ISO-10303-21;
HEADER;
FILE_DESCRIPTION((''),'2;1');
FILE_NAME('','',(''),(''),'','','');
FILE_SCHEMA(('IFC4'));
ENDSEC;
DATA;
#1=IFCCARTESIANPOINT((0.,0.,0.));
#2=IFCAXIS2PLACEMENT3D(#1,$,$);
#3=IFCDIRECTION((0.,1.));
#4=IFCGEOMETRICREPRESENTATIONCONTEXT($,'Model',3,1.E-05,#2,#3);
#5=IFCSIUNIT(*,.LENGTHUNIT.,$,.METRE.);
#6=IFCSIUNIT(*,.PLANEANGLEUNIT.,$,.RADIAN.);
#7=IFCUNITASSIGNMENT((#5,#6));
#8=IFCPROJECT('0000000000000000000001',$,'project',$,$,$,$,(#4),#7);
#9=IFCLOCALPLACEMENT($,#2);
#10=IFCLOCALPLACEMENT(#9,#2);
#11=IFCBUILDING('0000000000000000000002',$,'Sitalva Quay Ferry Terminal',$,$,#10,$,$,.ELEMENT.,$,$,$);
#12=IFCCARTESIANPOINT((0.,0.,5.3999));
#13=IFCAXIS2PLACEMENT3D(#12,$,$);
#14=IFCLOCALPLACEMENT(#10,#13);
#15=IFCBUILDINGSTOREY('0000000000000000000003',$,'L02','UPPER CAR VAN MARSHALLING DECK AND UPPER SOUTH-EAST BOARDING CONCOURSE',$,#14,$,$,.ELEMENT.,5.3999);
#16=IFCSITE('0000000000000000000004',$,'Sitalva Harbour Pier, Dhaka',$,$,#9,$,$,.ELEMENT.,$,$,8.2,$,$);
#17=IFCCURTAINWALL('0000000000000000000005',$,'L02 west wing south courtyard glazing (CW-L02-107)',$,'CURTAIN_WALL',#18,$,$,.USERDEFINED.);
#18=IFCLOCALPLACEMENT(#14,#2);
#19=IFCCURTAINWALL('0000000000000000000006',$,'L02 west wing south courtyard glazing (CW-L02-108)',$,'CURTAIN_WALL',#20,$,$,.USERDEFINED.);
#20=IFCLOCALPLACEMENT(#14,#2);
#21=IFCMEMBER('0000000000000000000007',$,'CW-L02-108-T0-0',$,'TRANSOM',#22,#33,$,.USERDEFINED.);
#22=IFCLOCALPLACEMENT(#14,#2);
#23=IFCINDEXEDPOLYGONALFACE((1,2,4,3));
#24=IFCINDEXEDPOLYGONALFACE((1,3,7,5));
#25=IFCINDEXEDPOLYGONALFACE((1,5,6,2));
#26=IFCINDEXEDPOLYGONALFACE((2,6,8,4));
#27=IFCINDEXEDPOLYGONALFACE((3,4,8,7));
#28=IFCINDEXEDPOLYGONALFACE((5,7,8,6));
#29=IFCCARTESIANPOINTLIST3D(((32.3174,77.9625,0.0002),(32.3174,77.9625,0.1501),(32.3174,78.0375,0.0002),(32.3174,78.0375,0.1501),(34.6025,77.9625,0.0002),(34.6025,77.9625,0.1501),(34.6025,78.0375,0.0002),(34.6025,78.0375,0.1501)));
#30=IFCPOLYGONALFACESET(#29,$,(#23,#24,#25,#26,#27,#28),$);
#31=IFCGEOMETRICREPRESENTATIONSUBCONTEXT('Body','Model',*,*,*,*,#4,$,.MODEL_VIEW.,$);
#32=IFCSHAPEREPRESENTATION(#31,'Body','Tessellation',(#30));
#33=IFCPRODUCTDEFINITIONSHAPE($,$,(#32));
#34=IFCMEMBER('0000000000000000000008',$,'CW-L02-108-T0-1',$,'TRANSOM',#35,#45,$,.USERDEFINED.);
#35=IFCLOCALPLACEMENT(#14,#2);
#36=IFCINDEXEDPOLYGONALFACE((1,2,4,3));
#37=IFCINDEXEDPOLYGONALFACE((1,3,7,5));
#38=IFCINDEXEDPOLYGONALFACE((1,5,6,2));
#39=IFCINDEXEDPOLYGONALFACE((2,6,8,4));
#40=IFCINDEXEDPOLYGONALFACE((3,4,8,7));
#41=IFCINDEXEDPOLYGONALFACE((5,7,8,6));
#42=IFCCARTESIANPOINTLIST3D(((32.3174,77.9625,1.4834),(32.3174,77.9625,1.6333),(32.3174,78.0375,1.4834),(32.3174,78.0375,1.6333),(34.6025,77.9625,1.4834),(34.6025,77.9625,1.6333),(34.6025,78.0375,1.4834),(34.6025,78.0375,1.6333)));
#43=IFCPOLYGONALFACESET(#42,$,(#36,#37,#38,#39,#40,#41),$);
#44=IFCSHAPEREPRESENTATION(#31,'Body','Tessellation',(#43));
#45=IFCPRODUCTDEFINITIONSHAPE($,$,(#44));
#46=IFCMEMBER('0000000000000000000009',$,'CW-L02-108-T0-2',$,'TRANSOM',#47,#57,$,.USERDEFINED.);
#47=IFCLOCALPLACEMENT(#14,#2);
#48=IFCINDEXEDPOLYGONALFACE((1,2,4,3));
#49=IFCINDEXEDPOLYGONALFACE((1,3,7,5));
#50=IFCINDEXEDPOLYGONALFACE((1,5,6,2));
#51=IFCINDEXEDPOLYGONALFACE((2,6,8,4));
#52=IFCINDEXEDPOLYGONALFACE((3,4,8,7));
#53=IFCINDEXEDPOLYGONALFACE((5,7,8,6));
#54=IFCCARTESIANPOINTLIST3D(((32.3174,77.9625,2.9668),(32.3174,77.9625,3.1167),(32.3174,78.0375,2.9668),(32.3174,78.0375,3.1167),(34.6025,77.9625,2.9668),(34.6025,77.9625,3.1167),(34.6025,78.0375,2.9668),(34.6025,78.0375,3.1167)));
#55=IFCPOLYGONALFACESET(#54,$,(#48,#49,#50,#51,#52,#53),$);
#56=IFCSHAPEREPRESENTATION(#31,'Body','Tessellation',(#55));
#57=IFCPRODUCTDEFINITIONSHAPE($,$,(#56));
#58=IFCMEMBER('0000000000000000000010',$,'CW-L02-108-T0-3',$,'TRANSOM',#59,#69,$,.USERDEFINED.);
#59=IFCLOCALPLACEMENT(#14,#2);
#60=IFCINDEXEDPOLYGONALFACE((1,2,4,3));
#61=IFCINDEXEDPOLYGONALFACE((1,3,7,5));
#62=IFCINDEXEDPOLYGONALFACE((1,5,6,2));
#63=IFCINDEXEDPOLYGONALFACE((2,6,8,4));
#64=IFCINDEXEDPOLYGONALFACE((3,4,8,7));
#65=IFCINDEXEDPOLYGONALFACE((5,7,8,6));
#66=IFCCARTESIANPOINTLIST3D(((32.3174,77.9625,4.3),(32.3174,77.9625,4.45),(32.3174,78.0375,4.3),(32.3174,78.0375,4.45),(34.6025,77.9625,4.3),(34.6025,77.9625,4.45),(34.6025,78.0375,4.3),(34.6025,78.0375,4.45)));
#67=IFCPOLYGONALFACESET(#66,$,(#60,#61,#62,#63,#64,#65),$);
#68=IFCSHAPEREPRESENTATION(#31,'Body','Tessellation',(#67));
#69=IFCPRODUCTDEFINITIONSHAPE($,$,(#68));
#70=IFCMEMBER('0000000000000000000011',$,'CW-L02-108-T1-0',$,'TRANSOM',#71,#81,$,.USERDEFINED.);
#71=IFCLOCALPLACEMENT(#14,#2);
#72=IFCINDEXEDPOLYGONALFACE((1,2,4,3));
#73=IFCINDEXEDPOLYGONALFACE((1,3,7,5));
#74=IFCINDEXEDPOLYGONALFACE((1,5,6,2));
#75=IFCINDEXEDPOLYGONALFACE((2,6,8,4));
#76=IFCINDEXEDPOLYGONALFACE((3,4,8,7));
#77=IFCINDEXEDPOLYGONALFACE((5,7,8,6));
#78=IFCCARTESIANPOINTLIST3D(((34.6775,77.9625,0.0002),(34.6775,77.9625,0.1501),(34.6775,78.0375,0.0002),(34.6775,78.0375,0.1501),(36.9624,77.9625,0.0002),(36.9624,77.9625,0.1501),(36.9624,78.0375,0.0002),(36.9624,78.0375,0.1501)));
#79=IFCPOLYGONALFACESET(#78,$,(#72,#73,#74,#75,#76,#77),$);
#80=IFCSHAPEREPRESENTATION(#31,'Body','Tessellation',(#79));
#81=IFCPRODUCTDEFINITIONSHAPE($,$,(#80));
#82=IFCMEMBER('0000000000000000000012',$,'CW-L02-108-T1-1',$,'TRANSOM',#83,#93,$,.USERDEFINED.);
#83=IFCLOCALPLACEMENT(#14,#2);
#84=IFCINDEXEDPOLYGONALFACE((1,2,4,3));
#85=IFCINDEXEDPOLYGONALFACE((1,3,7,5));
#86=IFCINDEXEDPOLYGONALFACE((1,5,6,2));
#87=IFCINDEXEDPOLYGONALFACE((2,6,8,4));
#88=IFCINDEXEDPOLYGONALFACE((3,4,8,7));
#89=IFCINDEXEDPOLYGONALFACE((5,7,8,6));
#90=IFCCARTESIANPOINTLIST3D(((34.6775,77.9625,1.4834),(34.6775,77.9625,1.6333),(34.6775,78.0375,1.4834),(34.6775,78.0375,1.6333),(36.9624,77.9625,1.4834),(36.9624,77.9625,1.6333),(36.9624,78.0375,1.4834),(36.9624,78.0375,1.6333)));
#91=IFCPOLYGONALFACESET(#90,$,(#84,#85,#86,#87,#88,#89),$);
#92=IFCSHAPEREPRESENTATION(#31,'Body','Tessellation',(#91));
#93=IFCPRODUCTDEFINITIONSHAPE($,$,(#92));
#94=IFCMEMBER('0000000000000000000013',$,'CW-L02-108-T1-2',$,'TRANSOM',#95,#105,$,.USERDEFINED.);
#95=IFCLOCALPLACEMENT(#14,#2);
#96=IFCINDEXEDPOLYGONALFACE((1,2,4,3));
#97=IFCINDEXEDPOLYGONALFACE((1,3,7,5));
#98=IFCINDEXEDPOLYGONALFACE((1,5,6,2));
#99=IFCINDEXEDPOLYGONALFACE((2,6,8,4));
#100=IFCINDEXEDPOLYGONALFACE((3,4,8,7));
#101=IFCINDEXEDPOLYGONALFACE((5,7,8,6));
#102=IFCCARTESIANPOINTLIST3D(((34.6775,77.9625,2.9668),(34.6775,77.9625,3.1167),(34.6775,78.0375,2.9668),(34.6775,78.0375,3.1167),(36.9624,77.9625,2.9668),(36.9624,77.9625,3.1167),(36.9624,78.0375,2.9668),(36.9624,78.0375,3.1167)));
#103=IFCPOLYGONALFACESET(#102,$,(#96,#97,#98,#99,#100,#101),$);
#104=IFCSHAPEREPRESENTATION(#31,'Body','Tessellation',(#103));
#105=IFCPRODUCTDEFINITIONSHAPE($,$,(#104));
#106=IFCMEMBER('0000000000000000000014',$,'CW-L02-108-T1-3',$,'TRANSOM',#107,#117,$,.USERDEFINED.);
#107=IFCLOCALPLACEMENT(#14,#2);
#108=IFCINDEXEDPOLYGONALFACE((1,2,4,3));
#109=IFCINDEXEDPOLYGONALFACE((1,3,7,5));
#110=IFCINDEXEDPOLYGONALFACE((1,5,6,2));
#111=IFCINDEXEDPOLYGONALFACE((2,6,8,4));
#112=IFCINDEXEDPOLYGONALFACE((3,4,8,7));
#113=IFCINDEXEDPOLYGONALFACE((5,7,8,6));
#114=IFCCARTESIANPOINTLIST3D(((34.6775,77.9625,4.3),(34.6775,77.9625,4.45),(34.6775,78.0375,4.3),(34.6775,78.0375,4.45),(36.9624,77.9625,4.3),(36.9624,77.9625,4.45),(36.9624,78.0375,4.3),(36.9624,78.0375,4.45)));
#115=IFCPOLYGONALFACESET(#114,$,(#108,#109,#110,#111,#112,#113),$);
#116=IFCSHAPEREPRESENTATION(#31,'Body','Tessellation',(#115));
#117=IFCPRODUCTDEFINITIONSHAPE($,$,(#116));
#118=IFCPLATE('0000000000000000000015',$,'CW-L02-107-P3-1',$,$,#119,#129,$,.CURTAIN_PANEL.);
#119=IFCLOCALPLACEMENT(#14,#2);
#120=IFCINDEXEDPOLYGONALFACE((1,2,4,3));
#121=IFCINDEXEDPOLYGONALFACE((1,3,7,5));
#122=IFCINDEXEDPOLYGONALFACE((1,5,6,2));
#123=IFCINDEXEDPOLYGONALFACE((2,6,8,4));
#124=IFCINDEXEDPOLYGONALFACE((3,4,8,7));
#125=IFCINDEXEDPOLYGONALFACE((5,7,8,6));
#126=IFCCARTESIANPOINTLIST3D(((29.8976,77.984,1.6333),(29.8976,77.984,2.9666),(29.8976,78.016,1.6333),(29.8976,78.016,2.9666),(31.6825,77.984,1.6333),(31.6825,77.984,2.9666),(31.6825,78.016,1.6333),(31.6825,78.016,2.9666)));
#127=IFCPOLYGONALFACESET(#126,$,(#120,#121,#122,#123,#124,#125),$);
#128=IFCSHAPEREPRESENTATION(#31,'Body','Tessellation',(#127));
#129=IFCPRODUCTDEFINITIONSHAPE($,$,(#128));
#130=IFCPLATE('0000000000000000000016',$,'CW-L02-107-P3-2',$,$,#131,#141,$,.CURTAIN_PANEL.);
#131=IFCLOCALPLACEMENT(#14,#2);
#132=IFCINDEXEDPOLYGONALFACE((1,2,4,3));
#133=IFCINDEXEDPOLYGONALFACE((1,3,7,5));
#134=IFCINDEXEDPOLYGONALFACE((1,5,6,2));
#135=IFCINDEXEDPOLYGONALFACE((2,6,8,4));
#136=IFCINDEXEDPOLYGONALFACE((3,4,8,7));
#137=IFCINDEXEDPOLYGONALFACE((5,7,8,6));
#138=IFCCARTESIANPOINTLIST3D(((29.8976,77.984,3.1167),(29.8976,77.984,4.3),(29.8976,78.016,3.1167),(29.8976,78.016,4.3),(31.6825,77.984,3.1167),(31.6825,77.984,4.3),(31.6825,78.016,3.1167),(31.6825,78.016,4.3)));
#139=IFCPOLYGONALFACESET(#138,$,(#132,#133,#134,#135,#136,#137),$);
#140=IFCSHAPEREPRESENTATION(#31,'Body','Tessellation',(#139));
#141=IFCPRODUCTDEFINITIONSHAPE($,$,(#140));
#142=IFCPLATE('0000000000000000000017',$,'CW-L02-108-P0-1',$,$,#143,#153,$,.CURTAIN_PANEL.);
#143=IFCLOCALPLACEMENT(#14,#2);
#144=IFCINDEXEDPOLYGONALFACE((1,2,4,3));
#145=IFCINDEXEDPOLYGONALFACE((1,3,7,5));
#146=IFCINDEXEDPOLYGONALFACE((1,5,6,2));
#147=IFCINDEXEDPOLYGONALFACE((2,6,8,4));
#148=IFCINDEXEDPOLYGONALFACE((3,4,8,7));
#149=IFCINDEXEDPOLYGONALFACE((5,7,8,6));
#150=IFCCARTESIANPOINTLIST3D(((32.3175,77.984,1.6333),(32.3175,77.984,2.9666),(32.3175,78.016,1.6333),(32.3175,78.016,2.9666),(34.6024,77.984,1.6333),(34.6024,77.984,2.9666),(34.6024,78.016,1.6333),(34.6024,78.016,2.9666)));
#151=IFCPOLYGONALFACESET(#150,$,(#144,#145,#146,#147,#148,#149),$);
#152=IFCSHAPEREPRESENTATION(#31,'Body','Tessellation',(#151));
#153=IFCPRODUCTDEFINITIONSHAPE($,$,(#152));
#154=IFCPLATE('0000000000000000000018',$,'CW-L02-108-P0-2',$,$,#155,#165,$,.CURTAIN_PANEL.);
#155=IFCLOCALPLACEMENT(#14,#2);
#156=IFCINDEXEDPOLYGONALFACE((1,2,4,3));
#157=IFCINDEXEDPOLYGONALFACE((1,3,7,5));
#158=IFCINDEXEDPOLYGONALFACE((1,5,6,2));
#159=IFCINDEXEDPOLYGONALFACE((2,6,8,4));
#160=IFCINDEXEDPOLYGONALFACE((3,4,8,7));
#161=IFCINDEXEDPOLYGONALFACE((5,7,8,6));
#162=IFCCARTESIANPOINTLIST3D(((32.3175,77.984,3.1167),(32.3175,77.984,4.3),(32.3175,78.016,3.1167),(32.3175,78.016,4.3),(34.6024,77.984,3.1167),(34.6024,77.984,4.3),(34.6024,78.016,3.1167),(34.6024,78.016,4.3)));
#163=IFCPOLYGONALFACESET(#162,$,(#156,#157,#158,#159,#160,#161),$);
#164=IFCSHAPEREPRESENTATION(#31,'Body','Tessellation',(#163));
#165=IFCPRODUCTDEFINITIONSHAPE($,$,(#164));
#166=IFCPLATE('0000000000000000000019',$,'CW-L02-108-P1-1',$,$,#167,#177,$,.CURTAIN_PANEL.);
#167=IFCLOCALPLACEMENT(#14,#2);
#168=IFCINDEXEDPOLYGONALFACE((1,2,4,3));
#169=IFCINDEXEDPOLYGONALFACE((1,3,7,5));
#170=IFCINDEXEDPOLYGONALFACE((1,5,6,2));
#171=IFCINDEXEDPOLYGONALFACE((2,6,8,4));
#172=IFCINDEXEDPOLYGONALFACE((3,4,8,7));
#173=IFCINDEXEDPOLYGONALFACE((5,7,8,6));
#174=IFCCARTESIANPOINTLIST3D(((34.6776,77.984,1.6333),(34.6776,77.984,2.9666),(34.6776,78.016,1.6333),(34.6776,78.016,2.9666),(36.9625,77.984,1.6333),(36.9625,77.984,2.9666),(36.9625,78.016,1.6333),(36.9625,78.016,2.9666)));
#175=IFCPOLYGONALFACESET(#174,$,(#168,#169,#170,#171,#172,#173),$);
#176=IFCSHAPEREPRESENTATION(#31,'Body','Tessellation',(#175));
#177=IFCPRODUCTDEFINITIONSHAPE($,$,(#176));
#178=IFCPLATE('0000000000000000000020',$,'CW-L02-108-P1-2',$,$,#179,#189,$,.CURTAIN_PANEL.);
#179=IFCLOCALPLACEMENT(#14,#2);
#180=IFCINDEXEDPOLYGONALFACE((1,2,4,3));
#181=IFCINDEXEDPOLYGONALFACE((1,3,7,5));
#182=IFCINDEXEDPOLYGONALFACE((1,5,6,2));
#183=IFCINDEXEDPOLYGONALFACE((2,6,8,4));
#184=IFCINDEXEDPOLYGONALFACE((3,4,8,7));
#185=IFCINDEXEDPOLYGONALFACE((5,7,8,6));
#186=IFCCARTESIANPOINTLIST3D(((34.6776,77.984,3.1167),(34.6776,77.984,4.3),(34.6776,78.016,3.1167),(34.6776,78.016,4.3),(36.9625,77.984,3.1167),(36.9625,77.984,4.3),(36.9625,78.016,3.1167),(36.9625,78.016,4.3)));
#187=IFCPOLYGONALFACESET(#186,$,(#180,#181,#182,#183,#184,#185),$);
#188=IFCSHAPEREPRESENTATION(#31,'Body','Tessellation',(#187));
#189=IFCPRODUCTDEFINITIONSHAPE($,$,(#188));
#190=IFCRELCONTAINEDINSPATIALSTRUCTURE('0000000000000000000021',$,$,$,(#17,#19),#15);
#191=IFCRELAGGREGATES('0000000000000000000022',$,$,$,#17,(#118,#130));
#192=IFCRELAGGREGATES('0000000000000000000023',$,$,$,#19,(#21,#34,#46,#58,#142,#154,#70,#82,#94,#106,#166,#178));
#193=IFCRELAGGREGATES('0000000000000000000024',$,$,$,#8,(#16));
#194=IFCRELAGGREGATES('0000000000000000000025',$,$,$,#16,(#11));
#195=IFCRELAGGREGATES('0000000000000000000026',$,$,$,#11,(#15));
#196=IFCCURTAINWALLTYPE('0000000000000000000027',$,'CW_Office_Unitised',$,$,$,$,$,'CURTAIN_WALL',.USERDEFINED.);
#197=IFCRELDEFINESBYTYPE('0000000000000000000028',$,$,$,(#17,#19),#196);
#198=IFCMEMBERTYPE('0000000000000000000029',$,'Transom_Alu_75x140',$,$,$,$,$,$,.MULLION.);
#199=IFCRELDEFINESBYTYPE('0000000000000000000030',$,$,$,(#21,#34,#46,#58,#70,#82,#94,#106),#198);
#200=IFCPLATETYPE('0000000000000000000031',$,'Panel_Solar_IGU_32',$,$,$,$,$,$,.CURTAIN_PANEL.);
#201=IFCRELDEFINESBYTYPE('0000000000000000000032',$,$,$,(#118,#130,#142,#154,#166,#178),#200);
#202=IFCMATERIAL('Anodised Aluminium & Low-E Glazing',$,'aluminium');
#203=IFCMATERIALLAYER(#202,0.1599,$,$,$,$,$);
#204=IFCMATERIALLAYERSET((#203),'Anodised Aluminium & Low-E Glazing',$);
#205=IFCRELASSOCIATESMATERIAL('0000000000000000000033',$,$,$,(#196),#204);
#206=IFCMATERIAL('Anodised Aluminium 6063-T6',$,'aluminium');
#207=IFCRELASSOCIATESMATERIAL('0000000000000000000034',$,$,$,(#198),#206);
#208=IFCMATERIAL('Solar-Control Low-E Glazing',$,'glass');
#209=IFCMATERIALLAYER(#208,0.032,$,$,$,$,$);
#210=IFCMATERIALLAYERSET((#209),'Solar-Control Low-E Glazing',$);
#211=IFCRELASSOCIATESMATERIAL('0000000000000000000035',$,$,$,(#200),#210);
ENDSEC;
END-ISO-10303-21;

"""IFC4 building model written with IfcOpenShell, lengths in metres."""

from ifc_helpers import new_model, si_unit, direction, frame, origin, origin_2d, place, context, subcontext, project, spatial, rectangle, extrude, material, layer, layer_set, material_profile, profile_set, type_object, element, aggregate, save


model = new_model("IFC4")

# Units and contexts
model_context = context("Model", 3, precision=1e-05, world=origin(), true_north=direction((0.0, 1.0)))
body_context = subcontext(model_context, "Body", "Model", "MODEL_VIEW")
ifc_project = project(units=[si_unit("LENGTHUNIT", "METRE"), si_unit("PLANEANGLEUNIT", "RADIAN")], contexts=[model_context])

# Site, building, storey
site_placement = place(None, origin())
site = spatial("IfcSite", under=ifc_project, at=site_placement, Name="Sitalva Harbour Pier, Dhaka", CompositionType="ELEMENT", RefElevation=8.2)
building_placement = place(site_placement, origin())
building = spatial("IfcBuilding", under=site, at=building_placement, Name="Sitalva Quay Ferry Terminal", CompositionType="ELEMENT")
storey_placement = place(building_placement, frame((0.0, 0.0, 5.3999)))
storey = spatial("IfcBuildingStorey", under=building, at=storey_placement, Name="L02", Description="UPPER CAR VAN MARSHALLING DECK AND UPPER SOUTH-EAST BOARDING CONCOURSE", CompositionType="ELEMENT", Elevation=5.3999)

# Curtain wall
ifc_material_1 = material(Name="Anodised Aluminium & Low-E Glazing", Category="aluminium")
ifc_layer_1 = layer(ifc_material_1, 0.1599)
ifc_layer_set_1 = layer_set([ifc_layer_1], Name="Anodised Aluminium & Low-E Glazing")
curtain_wall_type = type_object("IfcCurtainWallType", Name="CW_Office_Unitised", ElementType="CURTAIN_WALL", PredefinedType="USERDEFINED", material=ifc_layer_set_1)
curtain_wall_1_placement = place(storey_placement, origin())
curtain_wall_1 = element("IfcCurtainWall", 1, at=curtain_wall_1_placement, inside=storey, type_object=curtain_wall_type, Name="L02 west wing south courtyard glazing (CW-L02-107)", ObjectType="CURTAIN_WALL", PredefinedType="USERDEFINED")

# Curtain wall, members
curtain_wall_2_placement = place(storey_placement, origin())
curtain_wall_2 = element("IfcCurtainWall", 2, at=curtain_wall_2_placement, inside=storey, type_object=curtain_wall_type, Name="L02 west wing south courtyard glazing (CW-L02-108)", ObjectType="CURTAIN_WALL", PredefinedType="USERDEFINED")
ifc_material_2 = material(Name="Anodised Aluminium 6063-T6", Category="aluminium")
ifc_material_profile_1 = material_profile(ifc_material_2, rectangle(XDim=0.075, YDim=0.1499, at=origin_2d()), Name="ALU75x150")
ifc_profile_set_1 = profile_set([ifc_material_profile_1], Name="Anodised Aluminium 6063-T6")
member_type_1 = type_object("IfcMemberType", Name="Transom_Alu_75x140", PredefinedType="MULLION", material=ifc_profile_set_1)
member_1_placement = place(storey_placement, frame((32.3174, 78.0, 0.0752), z_axis=(1.0, 0.0, 0.0), x_axis=(0.0, 1.0, 0.0)))
member_1 = element("IfcMember", 3, at=member_1_placement, type_object=member_type_1, Name="CW-L02-108-T0-0", ObjectType="TRANSOM", PredefinedType="USERDEFINED", context=body_context, shape_type="SweptSolid", body=[
    extrude(rectangle(XDim=0.075, YDim=0.1499, at=origin_2d()), origin(), (0.0, 0.0, 1.0), 2.2852),
])
member_2_placement = place(storey_placement, frame((32.3174, 78.0, 1.5583), z_axis=(1.0, 0.0, 0.0), x_axis=(0.0, 1.0, 0.0)))
member_2 = element("IfcMember", 4, at=member_2_placement, type_object=member_type_1, Name="CW-L02-108-T0-1", ObjectType="TRANSOM", PredefinedType="USERDEFINED", context=body_context, shape_type="SweptSolid", body=[
    extrude(rectangle(XDim=0.075, YDim=0.1499, at=origin_2d()), origin(), (0.0, 0.0, 1.0), 2.2852),
])
member_3_placement = place(storey_placement, frame((32.3174, 78.0, 3.0417), z_axis=(1.0, 0.0, 0.0), x_axis=(0.0, 1.0, 0.0)))
member_3 = element("IfcMember", 5, at=member_3_placement, type_object=member_type_1, Name="CW-L02-108-T0-2", ObjectType="TRANSOM", PredefinedType="USERDEFINED", context=body_context, shape_type="SweptSolid", body=[
    extrude(rectangle(XDim=0.075, YDim=0.1499, at=origin_2d()), origin(), (0.0, 0.0, 1.0), 2.2852),
])
member_4_placement = place(storey_placement, frame((32.3174, 78.0, 4.375), z_axis=(1.0, 0.0, 0.0), x_axis=(0.0, 1.0, 0.0)))
member_4 = element("IfcMember", 6, at=member_4_placement, type_object=member_type_1, Name="CW-L02-108-T0-3", ObjectType="TRANSOM", PredefinedType="USERDEFINED", context=body_context, shape_type="SweptSolid", body=[
    extrude(rectangle(XDim=0.075, YDim=0.1499, at=origin_2d()), origin(), (0.0, 0.0, 1.0), 2.2852),
])
member_5_placement = place(storey_placement, frame((34.6775, 78.0, 0.0752), z_axis=(1.0, 0.0, 0.0), x_axis=(0.0, 1.0, 0.0)))
member_5 = element("IfcMember", 7, at=member_5_placement, type_object=member_type_1, Name="CW-L02-108-T1-0", ObjectType="TRANSOM", PredefinedType="USERDEFINED", context=body_context, shape_type="SweptSolid", body=[
    extrude(rectangle(XDim=0.075, YDim=0.1499, at=origin_2d()), origin(), (0.0, 0.0, 1.0), 2.2849),
])
member_6_placement = place(storey_placement, frame((34.6775, 78.0, 1.5583), z_axis=(1.0, 0.0, 0.0), x_axis=(0.0, 1.0, 0.0)))
member_6 = element("IfcMember", 8, at=member_6_placement, type_object=member_type_1, Name="CW-L02-108-T1-1", ObjectType="TRANSOM", PredefinedType="USERDEFINED", context=body_context, shape_type="SweptSolid", body=[
    extrude(rectangle(XDim=0.075, YDim=0.1499, at=origin_2d()), origin(), (0.0, 0.0, 1.0), 2.2849),
])
member_7_placement = place(storey_placement, frame((34.6775, 78.0, 3.0417), z_axis=(1.0, 0.0, 0.0), x_axis=(0.0, 1.0, 0.0)))
member_7 = element("IfcMember", 9, at=member_7_placement, type_object=member_type_1, Name="CW-L02-108-T1-2", ObjectType="TRANSOM", PredefinedType="USERDEFINED", context=body_context, shape_type="SweptSolid", body=[
    extrude(rectangle(XDim=0.075, YDim=0.1499, at=origin_2d()), origin(), (0.0, 0.0, 1.0), 2.2849),
])
member_8_placement = place(storey_placement, frame((34.6775, 78.0, 4.375), z_axis=(1.0, 0.0, 0.0), x_axis=(0.0, 1.0, 0.0)))
member_8 = element("IfcMember", 10, at=member_8_placement, type_object=member_type_1, Name="CW-L02-108-T1-3", ObjectType="TRANSOM", PredefinedType="USERDEFINED", context=body_context, shape_type="SweptSolid", body=[
    extrude(rectangle(XDim=0.075, YDim=0.1499, at=origin_2d()), origin(), (0.0, 0.0, 1.0), 2.2849),
])

# Plates
ifc_material_3 = material(Name="Solar-Control Low-E Glazing", Category="glass")
ifc_layer_2 = layer(ifc_material_3, 0.032)
ifc_layer_set_2 = layer_set([ifc_layer_2], Name="Solar-Control Low-E Glazing")
plate_type_1 = type_object("IfcPlateType", Name="Panel_Solar_IGU_32", PredefinedType="CURTAIN_PANEL", material=ifc_layer_set_2)
plate_1_placement = place(storey_placement, frame((30.79, 78.0, 1.6333), z_axis=(0.0, 0.0, 1.0), x_axis=(1.0, 0.0, 0.0)))
plate_1 = element("IfcPlate", 11, at=plate_1_placement, type_object=plate_type_1, Name="CW-L02-107-P3-1", PredefinedType="CURTAIN_PANEL", context=body_context, shape_type="SweptSolid", body=[
    extrude(rectangle(XDim=1.7849, YDim=0.032, at=origin_2d()), origin(), (0.0, 0.0, 1.0), 1.3333),
])
plate_2_placement = place(storey_placement, frame((30.79, 78.0, 3.1167), z_axis=(0.0, 0.0, 1.0), x_axis=(1.0, 0.0, 0.0)))
plate_2 = element("IfcPlate", 12, at=plate_2_placement, type_object=plate_type_1, Name="CW-L02-107-P3-2", PredefinedType="CURTAIN_PANEL", context=body_context, shape_type="SweptSolid", body=[
    extrude(rectangle(XDim=1.7849, YDim=0.032, at=origin_2d()), origin(), (0.0, 0.0, 1.0), 1.1833),
])
plate_3_placement = place(storey_placement, frame((33.46, 78.0, 1.6333), z_axis=(0.0, 0.0, 1.0), x_axis=(1.0, 0.0, 0.0)))
plate_3 = element("IfcPlate", 13, at=plate_3_placement, type_object=plate_type_1, Name="CW-L02-108-P0-1", PredefinedType="CURTAIN_PANEL", context=body_context, shape_type="SweptSolid", body=[
    extrude(rectangle(XDim=2.2849, YDim=0.032, at=origin_2d()), origin(), (0.0, 0.0, 1.0), 1.3333),
])
plate_4_placement = place(storey_placement, frame((33.46, 78.0, 3.1167), z_axis=(0.0, 0.0, 1.0), x_axis=(1.0, 0.0, 0.0)))
plate_4 = element("IfcPlate", 14, at=plate_4_placement, type_object=plate_type_1, Name="CW-L02-108-P0-2", PredefinedType="CURTAIN_PANEL", context=body_context, shape_type="SweptSolid", body=[
    extrude(rectangle(XDim=2.2849, YDim=0.032, at=origin_2d()), origin(), (0.0, 0.0, 1.0), 1.1833),
])
plate_5_placement = place(storey_placement, frame((35.8201, 78.0, 1.6333), z_axis=(0.0, 0.0, 1.0), x_axis=(1.0, 0.0, 0.0)))
plate_5 = element("IfcPlate", 15, at=plate_5_placement, type_object=plate_type_1, Name="CW-L02-108-P1-1", PredefinedType="CURTAIN_PANEL", context=body_context, shape_type="SweptSolid", body=[
    extrude(rectangle(XDim=2.2849, YDim=0.032, at=origin_2d()), origin(), (0.0, 0.0, 1.0), 1.3333),
])
plate_6_placement = place(storey_placement, frame((35.8201, 78.0, 3.1167), z_axis=(0.0, 0.0, 1.0), x_axis=(1.0, 0.0, 0.0)))
plate_6 = element("IfcPlate", 16, at=plate_6_placement, type_object=plate_type_1, Name="CW-L02-108-P1-2", PredefinedType="CURTAIN_PANEL", context=body_context, shape_type="SweptSolid", body=[
    extrude(rectangle(XDim=2.2849, YDim=0.032, at=origin_2d()), origin(), (0.0, 0.0, 1.0), 1.1833),
])
aggregate(curtain_wall_1, [plate_1, plate_2])
aggregate(curtain_wall_2, [member_1, member_2, member_3, member_4, plate_3, plate_4, member_5, member_6, member_7, member_8, plate_5, plate_6])

save(model, "model.ifc")
